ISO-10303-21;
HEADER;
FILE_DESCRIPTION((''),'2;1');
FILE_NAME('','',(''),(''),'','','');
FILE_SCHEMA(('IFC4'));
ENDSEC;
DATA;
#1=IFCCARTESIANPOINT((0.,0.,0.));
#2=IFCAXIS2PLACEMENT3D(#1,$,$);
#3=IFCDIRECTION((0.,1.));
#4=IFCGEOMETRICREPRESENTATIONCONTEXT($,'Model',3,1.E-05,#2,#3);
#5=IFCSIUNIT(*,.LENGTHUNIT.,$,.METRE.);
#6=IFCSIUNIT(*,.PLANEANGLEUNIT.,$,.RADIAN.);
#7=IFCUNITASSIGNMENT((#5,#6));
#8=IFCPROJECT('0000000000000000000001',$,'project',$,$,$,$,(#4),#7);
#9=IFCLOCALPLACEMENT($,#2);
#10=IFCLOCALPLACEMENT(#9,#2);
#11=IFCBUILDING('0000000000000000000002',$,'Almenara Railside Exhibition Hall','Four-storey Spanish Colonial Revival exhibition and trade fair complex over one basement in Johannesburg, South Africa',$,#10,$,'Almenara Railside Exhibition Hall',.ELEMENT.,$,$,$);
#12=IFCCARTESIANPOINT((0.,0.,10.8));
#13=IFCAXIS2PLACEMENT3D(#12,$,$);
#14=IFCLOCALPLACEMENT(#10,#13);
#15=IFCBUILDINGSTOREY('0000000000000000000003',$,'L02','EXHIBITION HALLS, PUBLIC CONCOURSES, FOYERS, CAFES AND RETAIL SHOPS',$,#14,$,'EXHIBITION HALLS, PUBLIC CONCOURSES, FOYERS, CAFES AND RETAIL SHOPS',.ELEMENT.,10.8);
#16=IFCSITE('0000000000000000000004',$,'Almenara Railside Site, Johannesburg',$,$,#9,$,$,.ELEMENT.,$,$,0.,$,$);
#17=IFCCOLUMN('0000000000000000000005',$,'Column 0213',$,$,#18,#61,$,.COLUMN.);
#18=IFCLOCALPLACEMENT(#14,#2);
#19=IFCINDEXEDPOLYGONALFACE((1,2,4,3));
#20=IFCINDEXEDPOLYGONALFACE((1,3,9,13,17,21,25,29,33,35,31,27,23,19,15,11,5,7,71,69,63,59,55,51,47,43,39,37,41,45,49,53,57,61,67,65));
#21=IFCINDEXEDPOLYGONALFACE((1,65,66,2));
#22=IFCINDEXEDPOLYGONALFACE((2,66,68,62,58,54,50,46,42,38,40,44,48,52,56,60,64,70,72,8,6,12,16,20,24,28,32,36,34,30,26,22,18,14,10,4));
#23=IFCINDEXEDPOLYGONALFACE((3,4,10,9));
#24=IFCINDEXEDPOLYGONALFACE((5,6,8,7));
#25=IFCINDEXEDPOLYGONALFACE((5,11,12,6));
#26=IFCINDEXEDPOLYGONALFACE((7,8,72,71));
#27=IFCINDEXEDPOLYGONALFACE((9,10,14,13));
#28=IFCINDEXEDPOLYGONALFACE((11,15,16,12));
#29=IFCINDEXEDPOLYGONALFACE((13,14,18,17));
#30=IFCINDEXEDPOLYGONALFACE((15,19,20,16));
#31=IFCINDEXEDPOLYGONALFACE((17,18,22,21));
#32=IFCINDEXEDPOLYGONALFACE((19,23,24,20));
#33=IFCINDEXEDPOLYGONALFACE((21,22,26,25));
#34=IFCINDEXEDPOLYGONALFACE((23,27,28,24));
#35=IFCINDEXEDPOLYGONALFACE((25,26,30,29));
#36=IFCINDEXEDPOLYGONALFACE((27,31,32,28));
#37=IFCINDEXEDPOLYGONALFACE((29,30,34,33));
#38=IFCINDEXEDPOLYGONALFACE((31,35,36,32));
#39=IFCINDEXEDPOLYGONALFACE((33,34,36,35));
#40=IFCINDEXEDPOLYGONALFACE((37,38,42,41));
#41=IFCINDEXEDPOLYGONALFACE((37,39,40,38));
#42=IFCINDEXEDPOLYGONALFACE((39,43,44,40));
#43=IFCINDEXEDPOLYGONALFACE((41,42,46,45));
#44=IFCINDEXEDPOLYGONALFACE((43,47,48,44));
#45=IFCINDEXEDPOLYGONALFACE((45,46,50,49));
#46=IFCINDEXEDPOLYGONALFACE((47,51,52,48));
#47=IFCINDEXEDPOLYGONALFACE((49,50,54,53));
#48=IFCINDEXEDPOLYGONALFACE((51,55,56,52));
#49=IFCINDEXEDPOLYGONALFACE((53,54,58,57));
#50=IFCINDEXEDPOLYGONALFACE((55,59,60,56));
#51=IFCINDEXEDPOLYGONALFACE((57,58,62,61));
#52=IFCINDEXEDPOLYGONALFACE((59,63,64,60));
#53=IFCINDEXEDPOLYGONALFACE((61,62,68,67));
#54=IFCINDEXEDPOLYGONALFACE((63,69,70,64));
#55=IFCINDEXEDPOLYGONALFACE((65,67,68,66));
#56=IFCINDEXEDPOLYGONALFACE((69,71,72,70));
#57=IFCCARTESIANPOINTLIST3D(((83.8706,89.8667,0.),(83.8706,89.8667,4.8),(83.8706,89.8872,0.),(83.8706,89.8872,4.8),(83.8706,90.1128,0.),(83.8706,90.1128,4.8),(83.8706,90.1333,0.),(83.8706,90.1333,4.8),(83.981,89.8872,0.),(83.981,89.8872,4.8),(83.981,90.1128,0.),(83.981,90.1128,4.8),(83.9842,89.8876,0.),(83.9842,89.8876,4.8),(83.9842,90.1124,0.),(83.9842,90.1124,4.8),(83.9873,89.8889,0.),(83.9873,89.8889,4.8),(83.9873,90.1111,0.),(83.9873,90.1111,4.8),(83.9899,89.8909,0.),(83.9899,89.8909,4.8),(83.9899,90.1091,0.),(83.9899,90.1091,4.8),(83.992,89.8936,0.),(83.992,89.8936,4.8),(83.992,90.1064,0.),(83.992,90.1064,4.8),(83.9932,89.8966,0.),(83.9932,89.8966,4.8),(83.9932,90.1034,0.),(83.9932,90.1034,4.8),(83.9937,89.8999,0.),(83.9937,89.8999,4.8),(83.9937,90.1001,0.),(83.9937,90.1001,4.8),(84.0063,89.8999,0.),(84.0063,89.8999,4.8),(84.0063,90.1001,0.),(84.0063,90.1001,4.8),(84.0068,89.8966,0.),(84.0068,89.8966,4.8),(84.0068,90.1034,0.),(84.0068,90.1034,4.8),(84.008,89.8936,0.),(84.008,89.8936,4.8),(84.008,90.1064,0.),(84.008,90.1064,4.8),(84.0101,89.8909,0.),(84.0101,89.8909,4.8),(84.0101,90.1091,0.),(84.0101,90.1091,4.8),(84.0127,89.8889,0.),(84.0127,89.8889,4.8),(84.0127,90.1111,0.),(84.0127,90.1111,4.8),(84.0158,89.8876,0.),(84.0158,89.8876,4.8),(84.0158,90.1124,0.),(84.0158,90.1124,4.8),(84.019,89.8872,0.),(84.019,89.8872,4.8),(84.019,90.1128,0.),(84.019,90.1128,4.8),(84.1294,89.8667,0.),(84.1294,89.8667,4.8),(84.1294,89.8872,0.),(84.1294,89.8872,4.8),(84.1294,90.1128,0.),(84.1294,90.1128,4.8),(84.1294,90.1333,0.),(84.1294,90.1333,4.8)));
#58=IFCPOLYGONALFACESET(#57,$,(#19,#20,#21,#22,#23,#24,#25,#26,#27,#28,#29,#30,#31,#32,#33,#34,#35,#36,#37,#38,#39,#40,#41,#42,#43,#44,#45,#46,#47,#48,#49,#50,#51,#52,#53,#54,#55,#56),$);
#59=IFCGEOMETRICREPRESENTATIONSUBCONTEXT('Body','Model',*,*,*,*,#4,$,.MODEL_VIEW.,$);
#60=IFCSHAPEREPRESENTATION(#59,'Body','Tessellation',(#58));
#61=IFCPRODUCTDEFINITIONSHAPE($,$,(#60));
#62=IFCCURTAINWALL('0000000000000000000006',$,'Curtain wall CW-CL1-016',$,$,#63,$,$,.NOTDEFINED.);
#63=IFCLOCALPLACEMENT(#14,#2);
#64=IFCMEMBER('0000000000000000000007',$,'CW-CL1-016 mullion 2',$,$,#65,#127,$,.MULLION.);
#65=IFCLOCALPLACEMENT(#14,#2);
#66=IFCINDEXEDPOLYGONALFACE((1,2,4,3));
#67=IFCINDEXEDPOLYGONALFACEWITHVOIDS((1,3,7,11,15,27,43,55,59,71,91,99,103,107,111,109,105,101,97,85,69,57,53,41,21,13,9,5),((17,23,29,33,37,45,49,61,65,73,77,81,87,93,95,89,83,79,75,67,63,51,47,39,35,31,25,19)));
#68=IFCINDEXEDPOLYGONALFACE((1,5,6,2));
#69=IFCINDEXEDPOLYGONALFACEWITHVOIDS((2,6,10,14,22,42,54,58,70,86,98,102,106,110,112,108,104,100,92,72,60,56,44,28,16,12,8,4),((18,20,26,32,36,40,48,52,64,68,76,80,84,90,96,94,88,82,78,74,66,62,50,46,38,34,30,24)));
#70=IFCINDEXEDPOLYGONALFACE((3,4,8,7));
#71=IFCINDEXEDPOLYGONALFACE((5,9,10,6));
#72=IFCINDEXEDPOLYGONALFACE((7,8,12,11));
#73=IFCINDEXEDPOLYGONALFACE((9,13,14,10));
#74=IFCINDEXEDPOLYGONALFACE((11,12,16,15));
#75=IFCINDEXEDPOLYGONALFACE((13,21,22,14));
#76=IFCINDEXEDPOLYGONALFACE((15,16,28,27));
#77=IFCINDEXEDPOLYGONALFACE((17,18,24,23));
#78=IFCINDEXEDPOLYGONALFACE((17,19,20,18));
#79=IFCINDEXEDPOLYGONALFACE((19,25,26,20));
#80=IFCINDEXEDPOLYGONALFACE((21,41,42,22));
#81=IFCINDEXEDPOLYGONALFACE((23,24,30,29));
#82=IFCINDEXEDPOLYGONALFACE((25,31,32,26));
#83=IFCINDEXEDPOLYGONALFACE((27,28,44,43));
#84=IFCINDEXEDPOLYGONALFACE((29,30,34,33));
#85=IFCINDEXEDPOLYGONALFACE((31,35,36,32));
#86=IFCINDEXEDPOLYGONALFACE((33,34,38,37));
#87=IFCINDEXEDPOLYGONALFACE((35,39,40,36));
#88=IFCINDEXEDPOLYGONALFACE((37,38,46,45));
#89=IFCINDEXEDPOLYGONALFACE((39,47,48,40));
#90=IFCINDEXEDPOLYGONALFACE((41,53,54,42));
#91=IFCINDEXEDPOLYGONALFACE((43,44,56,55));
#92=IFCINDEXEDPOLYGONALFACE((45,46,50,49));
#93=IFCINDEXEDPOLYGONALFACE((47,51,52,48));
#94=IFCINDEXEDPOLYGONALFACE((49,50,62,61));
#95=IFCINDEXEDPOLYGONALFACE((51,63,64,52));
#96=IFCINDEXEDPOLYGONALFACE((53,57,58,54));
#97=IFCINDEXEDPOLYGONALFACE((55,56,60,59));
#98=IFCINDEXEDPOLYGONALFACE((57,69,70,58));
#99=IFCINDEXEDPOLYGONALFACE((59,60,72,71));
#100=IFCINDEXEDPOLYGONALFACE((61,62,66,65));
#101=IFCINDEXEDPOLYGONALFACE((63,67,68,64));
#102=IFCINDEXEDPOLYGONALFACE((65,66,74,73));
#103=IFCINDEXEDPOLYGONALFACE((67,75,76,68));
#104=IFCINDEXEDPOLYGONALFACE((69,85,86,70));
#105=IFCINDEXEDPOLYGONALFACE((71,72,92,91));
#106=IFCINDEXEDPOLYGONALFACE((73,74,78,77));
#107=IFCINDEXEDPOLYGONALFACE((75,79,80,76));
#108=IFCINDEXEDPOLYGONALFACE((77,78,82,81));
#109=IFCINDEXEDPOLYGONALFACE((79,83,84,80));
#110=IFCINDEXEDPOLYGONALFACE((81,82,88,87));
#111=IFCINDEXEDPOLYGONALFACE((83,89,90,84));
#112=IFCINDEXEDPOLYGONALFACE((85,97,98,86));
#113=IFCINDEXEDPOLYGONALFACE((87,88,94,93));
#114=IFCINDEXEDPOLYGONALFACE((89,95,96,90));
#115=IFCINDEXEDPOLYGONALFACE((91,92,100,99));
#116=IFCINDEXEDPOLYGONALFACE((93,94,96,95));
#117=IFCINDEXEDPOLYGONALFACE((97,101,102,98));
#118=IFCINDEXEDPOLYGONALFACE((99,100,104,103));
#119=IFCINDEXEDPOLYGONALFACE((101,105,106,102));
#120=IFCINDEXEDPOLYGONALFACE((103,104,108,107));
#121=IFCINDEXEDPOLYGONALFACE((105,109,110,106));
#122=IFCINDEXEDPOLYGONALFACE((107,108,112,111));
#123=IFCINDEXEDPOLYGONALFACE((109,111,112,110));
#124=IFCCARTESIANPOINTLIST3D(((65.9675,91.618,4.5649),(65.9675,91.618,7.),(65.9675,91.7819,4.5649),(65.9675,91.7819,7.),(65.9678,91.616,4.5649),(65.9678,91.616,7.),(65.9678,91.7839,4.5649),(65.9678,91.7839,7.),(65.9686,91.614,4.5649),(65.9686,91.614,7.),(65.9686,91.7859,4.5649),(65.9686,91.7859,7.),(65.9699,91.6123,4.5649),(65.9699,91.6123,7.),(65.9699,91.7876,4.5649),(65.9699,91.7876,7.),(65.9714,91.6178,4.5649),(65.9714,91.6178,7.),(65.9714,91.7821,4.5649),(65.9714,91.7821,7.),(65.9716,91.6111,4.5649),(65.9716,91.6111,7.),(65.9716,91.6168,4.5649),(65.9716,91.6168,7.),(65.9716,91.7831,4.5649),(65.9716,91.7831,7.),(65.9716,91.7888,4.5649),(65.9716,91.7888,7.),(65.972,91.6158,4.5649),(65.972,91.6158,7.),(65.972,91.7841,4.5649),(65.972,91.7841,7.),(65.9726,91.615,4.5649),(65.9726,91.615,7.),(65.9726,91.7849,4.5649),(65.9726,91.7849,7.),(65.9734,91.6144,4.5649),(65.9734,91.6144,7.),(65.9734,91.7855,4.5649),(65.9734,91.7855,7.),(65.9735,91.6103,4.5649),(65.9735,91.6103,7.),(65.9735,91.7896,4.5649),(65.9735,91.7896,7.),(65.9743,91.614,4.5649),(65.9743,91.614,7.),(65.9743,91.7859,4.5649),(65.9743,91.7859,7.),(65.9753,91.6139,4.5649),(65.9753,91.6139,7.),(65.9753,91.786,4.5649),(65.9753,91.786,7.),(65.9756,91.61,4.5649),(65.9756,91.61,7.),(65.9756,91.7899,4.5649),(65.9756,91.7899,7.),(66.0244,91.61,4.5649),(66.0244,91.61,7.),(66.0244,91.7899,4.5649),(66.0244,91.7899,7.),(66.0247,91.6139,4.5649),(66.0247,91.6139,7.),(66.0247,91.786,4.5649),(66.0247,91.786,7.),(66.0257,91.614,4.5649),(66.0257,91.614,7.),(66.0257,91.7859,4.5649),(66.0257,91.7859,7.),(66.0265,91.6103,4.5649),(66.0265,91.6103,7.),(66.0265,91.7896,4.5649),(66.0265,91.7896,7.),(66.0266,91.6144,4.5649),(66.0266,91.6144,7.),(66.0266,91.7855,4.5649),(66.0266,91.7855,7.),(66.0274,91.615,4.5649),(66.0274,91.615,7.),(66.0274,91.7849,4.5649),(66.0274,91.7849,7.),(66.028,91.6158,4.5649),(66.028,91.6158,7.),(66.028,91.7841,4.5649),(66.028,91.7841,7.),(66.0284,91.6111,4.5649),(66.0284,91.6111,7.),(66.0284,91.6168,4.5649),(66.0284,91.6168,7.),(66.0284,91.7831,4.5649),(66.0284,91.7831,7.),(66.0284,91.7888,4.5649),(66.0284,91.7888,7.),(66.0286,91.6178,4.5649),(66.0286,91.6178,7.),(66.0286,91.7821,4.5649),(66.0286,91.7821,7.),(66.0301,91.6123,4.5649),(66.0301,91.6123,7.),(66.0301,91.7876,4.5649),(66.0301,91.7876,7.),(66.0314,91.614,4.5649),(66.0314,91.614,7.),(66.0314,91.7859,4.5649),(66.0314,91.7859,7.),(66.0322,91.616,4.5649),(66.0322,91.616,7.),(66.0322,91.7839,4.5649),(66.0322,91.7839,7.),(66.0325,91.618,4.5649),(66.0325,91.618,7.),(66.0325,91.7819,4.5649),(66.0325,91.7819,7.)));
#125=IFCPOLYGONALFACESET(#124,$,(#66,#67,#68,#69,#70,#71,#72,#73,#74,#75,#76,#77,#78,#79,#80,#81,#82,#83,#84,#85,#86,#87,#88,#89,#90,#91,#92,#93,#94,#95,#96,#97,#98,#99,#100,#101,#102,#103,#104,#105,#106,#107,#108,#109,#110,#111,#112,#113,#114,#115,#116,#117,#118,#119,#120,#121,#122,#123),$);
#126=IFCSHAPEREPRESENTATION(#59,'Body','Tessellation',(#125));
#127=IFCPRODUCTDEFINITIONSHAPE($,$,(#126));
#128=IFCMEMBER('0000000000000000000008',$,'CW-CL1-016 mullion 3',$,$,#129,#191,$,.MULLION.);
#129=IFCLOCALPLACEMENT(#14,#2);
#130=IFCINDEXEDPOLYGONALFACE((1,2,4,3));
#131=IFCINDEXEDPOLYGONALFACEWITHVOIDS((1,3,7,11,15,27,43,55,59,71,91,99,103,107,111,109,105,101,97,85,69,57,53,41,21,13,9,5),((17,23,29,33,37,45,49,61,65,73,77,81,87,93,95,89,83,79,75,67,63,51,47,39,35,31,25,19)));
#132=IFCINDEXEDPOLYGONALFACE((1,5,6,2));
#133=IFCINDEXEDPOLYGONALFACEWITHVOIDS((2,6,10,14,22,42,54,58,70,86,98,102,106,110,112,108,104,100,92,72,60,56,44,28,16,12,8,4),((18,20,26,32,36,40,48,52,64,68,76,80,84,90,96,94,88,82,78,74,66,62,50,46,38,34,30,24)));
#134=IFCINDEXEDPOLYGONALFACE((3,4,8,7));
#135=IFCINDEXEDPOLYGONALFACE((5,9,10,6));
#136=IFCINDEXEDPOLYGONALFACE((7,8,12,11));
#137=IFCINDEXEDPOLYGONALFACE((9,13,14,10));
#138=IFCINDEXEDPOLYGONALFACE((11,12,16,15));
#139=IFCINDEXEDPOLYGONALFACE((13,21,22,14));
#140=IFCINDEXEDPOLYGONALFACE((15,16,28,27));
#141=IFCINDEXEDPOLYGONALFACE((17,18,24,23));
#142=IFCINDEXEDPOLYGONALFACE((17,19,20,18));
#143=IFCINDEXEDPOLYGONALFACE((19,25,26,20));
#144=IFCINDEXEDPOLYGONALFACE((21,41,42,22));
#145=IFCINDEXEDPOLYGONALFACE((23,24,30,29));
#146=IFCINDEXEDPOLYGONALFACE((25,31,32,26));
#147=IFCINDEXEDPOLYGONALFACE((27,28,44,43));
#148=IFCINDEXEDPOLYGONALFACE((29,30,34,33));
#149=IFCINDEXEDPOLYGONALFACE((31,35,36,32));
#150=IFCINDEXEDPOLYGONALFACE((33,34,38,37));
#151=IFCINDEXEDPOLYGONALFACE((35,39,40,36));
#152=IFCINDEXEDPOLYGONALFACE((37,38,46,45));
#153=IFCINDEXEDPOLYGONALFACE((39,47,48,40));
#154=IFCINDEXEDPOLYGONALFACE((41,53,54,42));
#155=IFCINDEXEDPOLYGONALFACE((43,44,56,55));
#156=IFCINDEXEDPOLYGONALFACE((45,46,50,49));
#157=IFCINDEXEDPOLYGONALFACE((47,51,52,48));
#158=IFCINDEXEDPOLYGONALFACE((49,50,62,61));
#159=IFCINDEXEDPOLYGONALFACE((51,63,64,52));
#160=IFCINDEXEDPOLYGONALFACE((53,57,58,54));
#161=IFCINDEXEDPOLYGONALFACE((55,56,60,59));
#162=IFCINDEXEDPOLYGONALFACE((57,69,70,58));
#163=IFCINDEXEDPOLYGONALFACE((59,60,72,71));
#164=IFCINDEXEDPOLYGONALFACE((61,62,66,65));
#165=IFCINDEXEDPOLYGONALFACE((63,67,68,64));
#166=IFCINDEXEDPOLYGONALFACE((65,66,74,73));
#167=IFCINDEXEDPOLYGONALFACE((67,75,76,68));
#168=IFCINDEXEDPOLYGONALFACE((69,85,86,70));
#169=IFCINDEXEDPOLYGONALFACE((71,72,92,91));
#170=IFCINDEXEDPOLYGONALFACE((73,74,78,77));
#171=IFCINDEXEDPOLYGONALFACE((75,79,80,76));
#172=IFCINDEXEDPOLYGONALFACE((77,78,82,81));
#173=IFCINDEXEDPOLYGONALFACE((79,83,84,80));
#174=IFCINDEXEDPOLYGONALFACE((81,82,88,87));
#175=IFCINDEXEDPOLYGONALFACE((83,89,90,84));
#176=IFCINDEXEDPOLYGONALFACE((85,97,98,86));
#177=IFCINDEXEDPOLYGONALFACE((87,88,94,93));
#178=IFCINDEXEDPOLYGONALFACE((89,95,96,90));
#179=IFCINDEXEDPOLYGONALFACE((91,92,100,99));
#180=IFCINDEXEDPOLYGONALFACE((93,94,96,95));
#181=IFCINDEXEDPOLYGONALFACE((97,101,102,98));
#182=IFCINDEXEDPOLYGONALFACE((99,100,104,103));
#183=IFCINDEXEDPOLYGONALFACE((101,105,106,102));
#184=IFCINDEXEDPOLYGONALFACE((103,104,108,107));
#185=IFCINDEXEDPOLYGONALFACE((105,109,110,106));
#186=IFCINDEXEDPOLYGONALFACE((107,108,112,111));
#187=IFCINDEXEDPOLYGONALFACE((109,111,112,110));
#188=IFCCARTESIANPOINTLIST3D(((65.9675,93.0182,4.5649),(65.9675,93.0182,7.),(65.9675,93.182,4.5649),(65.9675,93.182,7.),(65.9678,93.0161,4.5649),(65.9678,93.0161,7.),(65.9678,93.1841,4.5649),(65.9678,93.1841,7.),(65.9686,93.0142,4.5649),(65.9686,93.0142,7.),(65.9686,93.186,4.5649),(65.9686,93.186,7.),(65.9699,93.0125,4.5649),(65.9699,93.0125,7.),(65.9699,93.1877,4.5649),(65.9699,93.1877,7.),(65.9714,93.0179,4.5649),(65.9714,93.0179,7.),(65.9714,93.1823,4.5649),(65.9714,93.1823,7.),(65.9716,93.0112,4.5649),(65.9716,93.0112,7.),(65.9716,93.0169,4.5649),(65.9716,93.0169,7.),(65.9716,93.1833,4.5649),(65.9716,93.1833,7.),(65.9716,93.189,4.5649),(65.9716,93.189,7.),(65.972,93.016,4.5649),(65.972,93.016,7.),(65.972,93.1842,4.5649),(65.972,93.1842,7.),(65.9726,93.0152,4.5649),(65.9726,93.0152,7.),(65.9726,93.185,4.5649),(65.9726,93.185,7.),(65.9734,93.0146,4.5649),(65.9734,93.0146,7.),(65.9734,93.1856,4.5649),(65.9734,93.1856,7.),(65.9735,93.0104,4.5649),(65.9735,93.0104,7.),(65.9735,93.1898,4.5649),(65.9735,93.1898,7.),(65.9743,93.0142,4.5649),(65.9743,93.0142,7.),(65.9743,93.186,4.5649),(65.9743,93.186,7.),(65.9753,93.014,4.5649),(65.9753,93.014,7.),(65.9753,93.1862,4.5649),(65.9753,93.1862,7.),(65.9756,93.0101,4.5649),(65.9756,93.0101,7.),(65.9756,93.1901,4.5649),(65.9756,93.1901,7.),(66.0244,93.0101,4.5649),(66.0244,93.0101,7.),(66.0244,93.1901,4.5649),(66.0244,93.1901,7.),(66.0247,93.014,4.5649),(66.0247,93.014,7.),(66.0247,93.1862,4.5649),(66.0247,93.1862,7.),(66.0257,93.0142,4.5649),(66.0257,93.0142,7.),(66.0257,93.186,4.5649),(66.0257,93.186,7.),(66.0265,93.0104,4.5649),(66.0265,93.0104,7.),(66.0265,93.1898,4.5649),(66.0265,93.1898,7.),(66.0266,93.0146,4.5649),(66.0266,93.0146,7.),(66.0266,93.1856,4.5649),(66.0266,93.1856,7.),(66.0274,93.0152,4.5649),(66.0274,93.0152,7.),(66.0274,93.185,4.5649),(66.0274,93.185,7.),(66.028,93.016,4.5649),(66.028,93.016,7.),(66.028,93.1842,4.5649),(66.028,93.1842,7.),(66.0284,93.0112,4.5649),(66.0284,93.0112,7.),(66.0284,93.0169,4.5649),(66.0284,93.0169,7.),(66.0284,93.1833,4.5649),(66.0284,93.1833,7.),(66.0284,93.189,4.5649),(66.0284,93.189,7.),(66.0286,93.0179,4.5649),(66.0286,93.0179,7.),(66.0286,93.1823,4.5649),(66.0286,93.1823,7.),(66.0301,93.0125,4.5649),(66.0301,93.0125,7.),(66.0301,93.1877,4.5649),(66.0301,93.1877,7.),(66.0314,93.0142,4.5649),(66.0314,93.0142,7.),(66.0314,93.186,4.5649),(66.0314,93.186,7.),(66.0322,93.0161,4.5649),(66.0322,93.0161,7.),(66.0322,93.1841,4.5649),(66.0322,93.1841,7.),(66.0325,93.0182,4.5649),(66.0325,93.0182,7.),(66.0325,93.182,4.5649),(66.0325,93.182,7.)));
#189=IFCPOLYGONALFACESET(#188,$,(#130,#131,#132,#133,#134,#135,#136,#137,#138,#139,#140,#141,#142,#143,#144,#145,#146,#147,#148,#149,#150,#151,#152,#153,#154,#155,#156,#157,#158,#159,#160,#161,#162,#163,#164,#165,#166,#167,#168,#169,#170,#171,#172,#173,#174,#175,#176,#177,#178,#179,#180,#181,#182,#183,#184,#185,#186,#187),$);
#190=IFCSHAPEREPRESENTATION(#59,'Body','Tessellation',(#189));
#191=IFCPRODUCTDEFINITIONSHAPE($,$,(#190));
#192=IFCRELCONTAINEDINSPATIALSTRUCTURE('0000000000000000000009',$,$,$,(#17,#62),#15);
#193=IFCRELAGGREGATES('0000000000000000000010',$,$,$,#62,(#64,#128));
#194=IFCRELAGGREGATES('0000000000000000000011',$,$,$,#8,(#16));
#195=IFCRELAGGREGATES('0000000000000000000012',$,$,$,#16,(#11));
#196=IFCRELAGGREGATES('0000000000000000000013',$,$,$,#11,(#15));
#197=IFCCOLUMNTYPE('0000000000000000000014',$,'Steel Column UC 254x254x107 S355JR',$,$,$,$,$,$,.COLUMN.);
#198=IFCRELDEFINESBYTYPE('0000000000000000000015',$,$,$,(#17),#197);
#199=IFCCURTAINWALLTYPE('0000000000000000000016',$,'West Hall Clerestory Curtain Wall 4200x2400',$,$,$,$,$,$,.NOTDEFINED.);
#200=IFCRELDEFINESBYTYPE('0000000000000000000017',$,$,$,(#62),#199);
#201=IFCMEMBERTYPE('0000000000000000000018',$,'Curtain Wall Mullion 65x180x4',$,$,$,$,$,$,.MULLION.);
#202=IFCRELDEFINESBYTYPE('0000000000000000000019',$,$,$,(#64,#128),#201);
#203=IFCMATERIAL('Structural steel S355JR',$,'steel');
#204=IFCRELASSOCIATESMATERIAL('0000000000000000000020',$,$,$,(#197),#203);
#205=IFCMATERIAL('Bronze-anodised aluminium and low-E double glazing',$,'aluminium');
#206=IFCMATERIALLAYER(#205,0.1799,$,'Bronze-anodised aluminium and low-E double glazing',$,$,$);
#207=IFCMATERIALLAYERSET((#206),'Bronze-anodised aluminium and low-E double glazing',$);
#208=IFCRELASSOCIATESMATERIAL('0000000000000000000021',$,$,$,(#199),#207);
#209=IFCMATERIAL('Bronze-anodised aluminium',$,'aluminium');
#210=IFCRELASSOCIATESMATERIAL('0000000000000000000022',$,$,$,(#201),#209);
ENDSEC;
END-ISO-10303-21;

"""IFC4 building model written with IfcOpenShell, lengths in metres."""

from ifc_helpers import new_model, si_unit, direction, frame, origin, origin_2d, place, context, subcontext, project, spatial, hollow_rectangle, i_section, extrude, material, layer, layer_set, material_profile, profile_set, type_object, element, aggregate, save


model = new_model("IFC4")

# Units and contexts
model_context = context("Model", 3, precision=1e-05, world=origin(), true_north=direction((0.0, 1.0)))
body_context = subcontext(model_context, "Body", "Model", "MODEL_VIEW")
ifc_project = project(units=[si_unit("LENGTHUNIT", "METRE"), si_unit("PLANEANGLEUNIT", "RADIAN")], contexts=[model_context])

# Site, building, storey
site_placement = place(None, origin())
site = spatial("IfcSite", under=ifc_project, at=site_placement, Name="Almenara Railside Site, Johannesburg", CompositionType="ELEMENT", RefElevation=0.0)
building_placement = place(site_placement, origin())
building = spatial("IfcBuilding", under=site, at=building_placement, Name="Almenara Railside Exhibition Hall", Description="Four-storey Spanish Colonial Revival exhibition and trade fair complex over one basement in Johannesburg, South Africa", LongName="Almenara Railside Exhibition Hall", CompositionType="ELEMENT")
storey_placement = place(building_placement, frame((0.0, 0.0, 10.8)))
storey = spatial("IfcBuildingStorey", under=building, at=storey_placement, Name="L02", Description="EXHIBITION HALLS, PUBLIC CONCOURSES, FOYERS, CAFES AND RETAIL SHOPS", LongName="EXHIBITION HALLS, PUBLIC CONCOURSES, FOYERS, CAFES AND RETAIL SHOPS", CompositionType="ELEMENT", Elevation=10.8)

# Column
ifc_material_1 = material(Name="Structural steel S355JR", Category="steel")
ifc_material_profile_1 = material_profile(ifc_material_1, i_section(OverallWidth=0.2588, OverallDepth=0.2666, WebThickness=0.0127, FlangeThickness=0.0205, FilletRadius=0.0127, at=origin_2d()), Name="UC 254x254x107")
ifc_profile_set_1 = profile_set([ifc_material_profile_1], Name="Structural steel S355JR")
column_type = type_object("IfcColumnType", Name="Steel Column UC 254x254x107 S355JR", PredefinedType="COLUMN", material=ifc_profile_set_1)
column_placement = place(storey_placement, frame((84.0, 90.0, 0.0), z_axis=(0.0, 0.0, 1.0), x_axis=(1.0, 0.0, 0.0)))
element("IfcColumn", 1, at=column_placement, inside=storey, type_object=column_type, Name="Column 0213", PredefinedType="COLUMN", context=body_context, shape_type="SweptSolid", body=[
    extrude(i_section(OverallWidth=0.2588, OverallDepth=0.2666, WebThickness=0.0127, FlangeThickness=0.0205, FilletRadius=0.0127, at=origin_2d()), origin(), (0.0, 0.0, 1.0), 4.8),
])

# Curtain wall, members
ifc_material_2 = material(Name="Bronze-anodised aluminium and low-E double glazing", Category="aluminium")
ifc_layer_1 = layer(ifc_material_2, 0.1799, Name="Bronze-anodised aluminium and low-E double glazing")
ifc_layer_set_1 = layer_set([ifc_layer_1], Name="Bronze-anodised aluminium and low-E double glazing")
curtain_wall_type_1 = type_object("IfcCurtainWallType", Name="West Hall Clerestory Curtain Wall 4200x2400", PredefinedType="NOTDEFINED", material=ifc_layer_set_1)
curtain_wall_1_placement = place(storey_placement, origin())
curtain_wall_1 = element("IfcCurtainWall", 2, at=curtain_wall_1_placement, inside=storey, type_object=curtain_wall_type_1, Name="Curtain wall CW-CL1-016", PredefinedType="NOTDEFINED")
ifc_material_3 = material(Name="Bronze-anodised aluminium", Category="aluminium")
ifc_material_profile_2 = material_profile(ifc_material_3, hollow_rectangle(XDim=0.0649, YDim=0.1799, WallThickness=0.0039, InnerFilletRadius=0.0039, OuterFilletRadius=0.0081, at=origin_2d()), Name="ALU-MUL 65x180x4")
ifc_profile_set_2 = profile_set([ifc_material_profile_2], Name="Bronze-anodised aluminium")
member_type_1 = type_object("IfcMemberType", Name="Curtain Wall Mullion 65x180x4", PredefinedType="MULLION", material=ifc_profile_set_2)
member_1_placement = place(storey_placement, frame((66.0, 91.7, 4.5649), z_axis=(0.0, 0.0, 1.0), x_axis=(-1.0, 0.0, 0.0)))
member_1 = element("IfcMember", 3, at=member_1_placement, type_object=member_type_1, Name="CW-CL1-016 mullion 2", PredefinedType="MULLION", context=body_context, shape_type="SweptSolid", body=[
    extrude(hollow_rectangle(XDim=0.0649, YDim=0.1799, WallThickness=0.0039, InnerFilletRadius=0.0039, OuterFilletRadius=0.0081, at=origin_2d()), origin(), (0.0, 0.0, 1.0), 2.4351),
])
member_2_placement = place(storey_placement, frame((66.0, 93.1001, 4.5649), z_axis=(0.0, 0.0, 1.0), x_axis=(-1.0, 0.0, 0.0)))
member_2 = element("IfcMember", 4, at=member_2_placement, type_object=member_type_1, Name="CW-CL1-016 mullion 3", PredefinedType="MULLION", context=body_context, shape_type="SweptSolid", body=[
    extrude(hollow_rectangle(XDim=0.0649, YDim=0.1799, WallThickness=0.0039, InnerFilletRadius=0.0039, OuterFilletRadius=0.0081, at=origin_2d()), origin(), (0.0, 0.0, 1.0), 2.4351),
])

aggregate(curtain_wall_1, [member_1, member_2])

save(model, "model.ifc")
